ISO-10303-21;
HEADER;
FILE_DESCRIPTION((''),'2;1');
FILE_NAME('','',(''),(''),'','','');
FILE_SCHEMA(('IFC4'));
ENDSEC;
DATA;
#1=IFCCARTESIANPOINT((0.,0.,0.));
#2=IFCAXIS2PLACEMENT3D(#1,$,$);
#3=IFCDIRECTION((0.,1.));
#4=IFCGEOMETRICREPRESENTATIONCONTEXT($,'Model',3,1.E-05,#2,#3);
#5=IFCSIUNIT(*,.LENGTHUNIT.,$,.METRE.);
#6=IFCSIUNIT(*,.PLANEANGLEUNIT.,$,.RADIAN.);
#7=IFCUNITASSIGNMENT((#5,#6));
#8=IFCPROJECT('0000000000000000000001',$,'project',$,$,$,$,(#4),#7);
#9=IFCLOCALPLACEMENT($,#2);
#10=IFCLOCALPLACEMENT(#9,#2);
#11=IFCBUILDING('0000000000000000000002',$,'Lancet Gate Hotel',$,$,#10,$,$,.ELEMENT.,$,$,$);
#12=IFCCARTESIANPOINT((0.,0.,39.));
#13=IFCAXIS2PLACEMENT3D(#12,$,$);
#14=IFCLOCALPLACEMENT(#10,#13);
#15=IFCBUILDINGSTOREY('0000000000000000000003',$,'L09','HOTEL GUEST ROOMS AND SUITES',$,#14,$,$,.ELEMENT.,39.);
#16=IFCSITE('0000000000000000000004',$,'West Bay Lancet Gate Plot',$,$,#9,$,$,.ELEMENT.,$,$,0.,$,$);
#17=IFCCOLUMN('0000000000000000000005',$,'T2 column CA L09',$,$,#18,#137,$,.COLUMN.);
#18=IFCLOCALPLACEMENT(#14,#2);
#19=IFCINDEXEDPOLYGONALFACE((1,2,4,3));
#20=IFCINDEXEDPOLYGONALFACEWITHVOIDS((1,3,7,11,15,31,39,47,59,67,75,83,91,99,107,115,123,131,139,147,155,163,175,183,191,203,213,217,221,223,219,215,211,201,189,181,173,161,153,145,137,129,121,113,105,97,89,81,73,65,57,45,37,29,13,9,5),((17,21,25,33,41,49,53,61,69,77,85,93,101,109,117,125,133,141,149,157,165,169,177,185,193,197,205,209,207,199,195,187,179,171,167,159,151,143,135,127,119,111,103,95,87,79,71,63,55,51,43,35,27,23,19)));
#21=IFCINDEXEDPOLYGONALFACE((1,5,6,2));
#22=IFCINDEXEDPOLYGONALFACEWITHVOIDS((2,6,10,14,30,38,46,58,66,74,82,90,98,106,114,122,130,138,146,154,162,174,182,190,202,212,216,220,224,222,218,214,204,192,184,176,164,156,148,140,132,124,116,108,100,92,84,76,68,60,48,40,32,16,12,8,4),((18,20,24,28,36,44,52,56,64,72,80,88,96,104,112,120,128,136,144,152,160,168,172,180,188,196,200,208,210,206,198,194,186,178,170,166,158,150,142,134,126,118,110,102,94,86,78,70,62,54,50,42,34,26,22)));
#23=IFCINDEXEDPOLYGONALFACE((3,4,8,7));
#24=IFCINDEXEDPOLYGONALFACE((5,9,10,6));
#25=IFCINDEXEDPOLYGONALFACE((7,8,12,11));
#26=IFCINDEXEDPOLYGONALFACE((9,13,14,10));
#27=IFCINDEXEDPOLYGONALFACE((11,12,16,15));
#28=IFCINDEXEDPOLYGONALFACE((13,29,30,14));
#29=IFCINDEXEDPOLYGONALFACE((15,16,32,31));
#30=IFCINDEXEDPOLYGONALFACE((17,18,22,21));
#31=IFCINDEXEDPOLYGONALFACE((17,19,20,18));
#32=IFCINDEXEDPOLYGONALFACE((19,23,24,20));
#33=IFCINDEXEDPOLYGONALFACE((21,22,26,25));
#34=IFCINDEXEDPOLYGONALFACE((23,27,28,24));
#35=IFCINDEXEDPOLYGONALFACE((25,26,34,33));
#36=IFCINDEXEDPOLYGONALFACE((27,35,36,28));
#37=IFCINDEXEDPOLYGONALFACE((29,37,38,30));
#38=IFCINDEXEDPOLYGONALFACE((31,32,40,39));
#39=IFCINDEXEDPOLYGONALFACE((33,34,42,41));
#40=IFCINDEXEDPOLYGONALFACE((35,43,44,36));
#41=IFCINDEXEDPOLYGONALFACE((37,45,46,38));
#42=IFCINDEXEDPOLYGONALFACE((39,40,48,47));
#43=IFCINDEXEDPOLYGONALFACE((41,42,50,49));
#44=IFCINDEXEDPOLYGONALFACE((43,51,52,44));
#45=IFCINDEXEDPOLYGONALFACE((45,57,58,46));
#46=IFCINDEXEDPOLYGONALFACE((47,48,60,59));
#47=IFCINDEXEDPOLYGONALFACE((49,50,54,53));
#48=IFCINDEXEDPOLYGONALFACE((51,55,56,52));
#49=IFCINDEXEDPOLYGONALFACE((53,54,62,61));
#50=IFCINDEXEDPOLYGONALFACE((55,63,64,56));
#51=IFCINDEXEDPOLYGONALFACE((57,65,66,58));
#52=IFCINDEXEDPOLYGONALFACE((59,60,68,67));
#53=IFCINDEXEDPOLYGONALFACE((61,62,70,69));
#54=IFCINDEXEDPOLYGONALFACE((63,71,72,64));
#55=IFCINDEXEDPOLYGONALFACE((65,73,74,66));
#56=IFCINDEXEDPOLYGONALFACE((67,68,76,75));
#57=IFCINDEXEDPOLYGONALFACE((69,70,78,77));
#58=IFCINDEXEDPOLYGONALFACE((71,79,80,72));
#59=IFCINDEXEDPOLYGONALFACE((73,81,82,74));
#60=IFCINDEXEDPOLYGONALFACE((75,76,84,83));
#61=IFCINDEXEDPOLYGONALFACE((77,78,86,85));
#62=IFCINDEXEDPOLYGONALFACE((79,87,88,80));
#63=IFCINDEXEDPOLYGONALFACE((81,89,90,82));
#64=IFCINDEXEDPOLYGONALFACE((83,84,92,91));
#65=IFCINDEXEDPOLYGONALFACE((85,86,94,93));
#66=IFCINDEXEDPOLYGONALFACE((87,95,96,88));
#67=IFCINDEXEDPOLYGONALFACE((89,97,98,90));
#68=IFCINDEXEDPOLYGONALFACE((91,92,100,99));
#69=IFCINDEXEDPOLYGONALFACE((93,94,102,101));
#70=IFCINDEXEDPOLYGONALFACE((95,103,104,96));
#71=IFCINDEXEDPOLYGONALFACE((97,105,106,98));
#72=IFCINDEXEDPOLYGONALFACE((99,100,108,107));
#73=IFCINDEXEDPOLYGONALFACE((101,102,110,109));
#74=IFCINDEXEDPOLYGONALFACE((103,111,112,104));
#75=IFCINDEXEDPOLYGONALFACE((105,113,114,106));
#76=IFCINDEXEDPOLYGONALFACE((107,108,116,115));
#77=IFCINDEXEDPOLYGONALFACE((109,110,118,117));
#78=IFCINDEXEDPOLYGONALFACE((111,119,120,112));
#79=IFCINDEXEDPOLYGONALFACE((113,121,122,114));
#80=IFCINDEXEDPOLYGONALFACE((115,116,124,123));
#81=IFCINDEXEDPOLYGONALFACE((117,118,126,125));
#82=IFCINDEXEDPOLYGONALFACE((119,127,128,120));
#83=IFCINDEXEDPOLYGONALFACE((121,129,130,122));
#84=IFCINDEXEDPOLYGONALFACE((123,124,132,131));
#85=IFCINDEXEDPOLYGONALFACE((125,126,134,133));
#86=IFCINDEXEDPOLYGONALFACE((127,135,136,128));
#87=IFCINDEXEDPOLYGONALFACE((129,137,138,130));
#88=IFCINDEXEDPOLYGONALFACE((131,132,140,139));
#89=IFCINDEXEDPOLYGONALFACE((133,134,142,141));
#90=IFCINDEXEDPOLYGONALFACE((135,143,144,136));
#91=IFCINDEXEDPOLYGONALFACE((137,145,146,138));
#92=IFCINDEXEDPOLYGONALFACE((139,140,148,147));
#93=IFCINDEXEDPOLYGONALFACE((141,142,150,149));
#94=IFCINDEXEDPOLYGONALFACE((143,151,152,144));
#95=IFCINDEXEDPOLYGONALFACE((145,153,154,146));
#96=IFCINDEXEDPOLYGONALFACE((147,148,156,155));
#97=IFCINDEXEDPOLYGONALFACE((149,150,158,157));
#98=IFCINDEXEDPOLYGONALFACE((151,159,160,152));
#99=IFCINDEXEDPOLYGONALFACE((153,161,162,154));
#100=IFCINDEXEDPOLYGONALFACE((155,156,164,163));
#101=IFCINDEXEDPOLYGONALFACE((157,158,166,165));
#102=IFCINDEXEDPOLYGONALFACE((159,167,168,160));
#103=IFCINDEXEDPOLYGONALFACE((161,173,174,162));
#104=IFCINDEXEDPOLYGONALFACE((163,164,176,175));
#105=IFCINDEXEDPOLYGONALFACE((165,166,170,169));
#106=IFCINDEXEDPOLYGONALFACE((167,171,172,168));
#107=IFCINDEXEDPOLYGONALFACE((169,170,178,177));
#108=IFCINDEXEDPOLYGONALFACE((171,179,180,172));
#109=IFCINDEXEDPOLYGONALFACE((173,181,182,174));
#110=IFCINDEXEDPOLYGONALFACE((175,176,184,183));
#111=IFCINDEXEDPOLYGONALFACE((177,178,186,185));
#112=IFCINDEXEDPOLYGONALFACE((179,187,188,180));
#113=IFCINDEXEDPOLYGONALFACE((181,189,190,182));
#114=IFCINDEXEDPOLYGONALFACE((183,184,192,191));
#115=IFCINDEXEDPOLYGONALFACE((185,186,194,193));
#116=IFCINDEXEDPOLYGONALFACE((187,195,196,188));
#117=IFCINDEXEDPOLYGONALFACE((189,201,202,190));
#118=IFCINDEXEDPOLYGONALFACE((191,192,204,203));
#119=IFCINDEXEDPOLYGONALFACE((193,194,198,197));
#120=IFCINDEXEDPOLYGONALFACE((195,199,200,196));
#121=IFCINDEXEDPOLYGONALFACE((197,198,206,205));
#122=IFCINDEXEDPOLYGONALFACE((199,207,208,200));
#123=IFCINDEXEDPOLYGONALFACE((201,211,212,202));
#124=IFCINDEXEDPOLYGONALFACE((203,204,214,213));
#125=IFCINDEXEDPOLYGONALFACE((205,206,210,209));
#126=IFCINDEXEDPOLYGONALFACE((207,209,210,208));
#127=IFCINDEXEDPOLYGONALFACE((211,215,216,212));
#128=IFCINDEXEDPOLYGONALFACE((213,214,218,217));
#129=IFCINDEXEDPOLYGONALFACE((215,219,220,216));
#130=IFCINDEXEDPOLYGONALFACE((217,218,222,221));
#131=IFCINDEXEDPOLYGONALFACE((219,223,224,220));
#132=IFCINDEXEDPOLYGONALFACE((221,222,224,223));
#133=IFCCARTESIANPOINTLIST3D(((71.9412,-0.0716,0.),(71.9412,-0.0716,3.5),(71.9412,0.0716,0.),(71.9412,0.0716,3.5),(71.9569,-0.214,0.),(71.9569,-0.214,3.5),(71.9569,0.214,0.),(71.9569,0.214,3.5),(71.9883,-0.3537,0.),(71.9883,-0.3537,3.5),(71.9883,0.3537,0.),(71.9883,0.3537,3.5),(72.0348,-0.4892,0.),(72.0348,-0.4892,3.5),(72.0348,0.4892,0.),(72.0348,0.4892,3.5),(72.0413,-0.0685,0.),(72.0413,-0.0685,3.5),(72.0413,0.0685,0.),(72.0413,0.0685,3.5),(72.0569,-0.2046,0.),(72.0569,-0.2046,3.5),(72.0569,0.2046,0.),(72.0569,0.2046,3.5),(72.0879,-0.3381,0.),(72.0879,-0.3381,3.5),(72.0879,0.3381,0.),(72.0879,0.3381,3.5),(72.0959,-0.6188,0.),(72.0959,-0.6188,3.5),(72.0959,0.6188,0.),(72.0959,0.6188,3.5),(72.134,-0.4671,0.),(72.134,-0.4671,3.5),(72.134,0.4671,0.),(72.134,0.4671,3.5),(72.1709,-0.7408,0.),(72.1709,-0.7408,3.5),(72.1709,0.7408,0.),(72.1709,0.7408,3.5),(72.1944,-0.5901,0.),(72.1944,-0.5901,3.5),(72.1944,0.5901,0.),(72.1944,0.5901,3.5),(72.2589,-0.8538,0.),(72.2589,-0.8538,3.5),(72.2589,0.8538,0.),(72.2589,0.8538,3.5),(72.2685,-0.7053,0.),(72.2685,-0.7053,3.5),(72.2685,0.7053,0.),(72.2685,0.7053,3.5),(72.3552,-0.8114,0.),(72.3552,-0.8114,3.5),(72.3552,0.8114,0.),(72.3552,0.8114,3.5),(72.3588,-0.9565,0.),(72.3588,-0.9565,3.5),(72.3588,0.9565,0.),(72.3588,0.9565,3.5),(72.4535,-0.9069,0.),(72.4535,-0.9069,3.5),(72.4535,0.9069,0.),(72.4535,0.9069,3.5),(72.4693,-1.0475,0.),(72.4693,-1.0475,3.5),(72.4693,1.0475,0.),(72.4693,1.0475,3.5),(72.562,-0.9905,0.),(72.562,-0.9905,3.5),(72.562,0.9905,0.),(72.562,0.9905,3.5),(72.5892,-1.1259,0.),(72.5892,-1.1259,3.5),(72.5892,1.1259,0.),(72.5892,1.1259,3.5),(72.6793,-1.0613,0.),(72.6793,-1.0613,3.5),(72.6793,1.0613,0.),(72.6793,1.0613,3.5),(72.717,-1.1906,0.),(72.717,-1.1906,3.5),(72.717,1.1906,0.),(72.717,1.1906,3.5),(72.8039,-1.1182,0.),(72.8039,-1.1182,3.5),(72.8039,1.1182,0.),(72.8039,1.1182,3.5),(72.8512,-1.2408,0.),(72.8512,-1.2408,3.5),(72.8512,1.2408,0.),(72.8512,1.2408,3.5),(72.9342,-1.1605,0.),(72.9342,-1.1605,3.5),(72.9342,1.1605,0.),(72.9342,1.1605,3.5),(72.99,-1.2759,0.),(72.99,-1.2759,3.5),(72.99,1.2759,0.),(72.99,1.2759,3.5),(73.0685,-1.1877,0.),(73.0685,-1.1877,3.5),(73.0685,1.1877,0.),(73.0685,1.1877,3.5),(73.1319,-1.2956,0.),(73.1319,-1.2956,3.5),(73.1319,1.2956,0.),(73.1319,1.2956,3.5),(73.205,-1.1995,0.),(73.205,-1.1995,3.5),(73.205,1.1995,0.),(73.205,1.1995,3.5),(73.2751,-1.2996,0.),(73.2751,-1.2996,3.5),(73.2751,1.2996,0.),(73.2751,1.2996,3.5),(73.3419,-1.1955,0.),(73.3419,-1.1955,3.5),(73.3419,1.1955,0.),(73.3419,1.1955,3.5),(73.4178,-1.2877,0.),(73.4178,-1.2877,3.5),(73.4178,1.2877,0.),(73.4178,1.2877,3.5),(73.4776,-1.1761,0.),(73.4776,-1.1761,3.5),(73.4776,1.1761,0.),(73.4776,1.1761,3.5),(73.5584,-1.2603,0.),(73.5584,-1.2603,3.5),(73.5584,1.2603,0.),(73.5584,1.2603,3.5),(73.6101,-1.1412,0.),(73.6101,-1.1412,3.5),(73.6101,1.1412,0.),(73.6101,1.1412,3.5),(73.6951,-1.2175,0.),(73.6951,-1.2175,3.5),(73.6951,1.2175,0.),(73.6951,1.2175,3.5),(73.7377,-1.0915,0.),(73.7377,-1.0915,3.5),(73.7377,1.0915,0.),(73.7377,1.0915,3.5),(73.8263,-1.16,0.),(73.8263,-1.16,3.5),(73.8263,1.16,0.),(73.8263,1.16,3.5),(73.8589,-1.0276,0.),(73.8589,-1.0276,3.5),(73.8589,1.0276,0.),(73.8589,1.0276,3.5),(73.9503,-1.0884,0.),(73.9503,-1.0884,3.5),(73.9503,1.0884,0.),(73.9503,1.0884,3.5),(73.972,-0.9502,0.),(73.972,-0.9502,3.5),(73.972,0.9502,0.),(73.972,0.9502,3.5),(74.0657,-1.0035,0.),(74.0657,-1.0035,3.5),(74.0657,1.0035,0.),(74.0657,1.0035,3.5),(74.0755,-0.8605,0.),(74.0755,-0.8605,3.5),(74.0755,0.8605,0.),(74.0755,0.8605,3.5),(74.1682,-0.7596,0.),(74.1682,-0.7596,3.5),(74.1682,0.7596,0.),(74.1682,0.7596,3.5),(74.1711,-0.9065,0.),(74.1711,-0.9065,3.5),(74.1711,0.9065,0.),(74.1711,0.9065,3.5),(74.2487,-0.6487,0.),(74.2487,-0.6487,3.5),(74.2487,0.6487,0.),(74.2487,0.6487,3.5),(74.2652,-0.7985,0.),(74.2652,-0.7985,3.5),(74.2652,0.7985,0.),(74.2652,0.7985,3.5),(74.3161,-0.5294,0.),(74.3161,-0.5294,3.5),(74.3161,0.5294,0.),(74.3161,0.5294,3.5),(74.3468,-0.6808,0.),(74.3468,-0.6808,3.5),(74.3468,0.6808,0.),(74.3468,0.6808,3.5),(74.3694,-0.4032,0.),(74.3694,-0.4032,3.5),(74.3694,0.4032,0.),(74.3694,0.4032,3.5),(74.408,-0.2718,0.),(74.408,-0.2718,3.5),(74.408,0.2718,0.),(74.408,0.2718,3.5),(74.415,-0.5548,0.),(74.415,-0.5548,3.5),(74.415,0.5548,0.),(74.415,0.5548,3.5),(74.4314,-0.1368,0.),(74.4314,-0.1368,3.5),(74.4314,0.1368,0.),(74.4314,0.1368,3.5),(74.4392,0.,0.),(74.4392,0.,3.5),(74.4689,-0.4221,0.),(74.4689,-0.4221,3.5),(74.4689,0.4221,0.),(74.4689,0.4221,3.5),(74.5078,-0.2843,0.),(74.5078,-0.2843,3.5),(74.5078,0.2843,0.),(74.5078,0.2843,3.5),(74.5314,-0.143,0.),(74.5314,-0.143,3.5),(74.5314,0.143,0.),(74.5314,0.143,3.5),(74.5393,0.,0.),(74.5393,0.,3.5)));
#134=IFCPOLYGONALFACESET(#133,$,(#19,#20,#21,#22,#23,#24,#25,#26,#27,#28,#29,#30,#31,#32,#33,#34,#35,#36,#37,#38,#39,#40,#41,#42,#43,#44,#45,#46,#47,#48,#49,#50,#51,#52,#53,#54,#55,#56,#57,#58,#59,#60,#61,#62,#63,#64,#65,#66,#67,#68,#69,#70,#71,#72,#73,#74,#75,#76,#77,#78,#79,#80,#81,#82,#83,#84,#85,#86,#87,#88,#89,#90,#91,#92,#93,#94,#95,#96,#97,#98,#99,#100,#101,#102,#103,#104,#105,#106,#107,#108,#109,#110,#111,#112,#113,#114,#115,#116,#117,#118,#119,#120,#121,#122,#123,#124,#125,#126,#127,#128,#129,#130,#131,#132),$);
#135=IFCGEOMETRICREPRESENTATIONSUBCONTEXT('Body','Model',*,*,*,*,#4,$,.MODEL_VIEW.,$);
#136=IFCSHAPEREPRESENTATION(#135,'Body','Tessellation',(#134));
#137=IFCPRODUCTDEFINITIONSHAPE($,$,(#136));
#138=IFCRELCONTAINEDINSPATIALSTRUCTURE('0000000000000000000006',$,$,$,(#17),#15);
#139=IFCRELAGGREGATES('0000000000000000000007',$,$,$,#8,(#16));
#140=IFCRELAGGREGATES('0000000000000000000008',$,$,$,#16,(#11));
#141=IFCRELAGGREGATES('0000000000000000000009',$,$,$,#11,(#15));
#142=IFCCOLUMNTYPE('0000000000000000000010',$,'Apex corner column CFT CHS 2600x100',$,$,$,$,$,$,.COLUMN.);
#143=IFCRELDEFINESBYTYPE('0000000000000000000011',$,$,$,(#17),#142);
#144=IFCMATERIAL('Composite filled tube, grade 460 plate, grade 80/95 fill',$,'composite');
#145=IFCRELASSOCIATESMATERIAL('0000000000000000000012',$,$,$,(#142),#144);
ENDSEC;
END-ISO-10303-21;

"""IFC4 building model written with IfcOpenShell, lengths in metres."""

from ifc_helpers import new_model, si_unit, direction, frame, origin, origin_2d, place, context, subcontext, project, spatial, hollow_circle, extrude, material, material_profile, profile_set, type_object, element, save


model = new_model("IFC4")

# Units and contexts
model_context = context("Model", 3, precision=1e-05, world=origin(), true_north=direction((0.0, 1.0)))
body_context = subcontext(model_context, "Body", "Model", "MODEL_VIEW")
ifc_project = project(units=[si_unit("LENGTHUNIT", "METRE"), si_unit("PLANEANGLEUNIT", "RADIAN")], contexts=[model_context])

# Site, building, storey
site_placement = place(None, origin())
site = spatial("IfcSite", under=ifc_project, at=site_placement, Name="West Bay Lancet Gate Plot", CompositionType="ELEMENT", RefElevation=0.0)
building_placement = place(site_placement, origin())
building = spatial("IfcBuilding", under=site, at=building_placement, Name="Lancet Gate Hotel", CompositionType="ELEMENT")
storey_placement = place(building_placement, frame((0.0, 0.0, 39.0)))
storey = spatial("IfcBuildingStorey", under=building, at=storey_placement, Name="L09", Description="HOTEL GUEST ROOMS AND SUITES", CompositionType="ELEMENT", Elevation=39.0)

# Column
ifc_material_1 = material(Name="Composite filled tube, grade 460 plate, grade 80/95 fill", Category="composite")
ifc_material_profile_1 = material_profile(ifc_material_1, hollow_circle(Radius=1.3, WallThickness=0.1001, at=origin_2d()), Name="CHS 2600x100")
ifc_profile_set_1 = profile_set([ifc_material_profile_1], Name="Composite filled tube, grade 460 plate, grade 80/95 fill")
column_type_1 = type_object("IfcColumnType", Name="Apex corner column CFT CHS 2600x100", PredefinedType="COLUMN", material=ifc_profile_set_1)
column_1_placement = place(storey_placement, frame((73.2393, 0.0, 0.0), z_axis=(0.0, 0.0, 1.0), x_axis=(1.0, 0.0, 0.0)))
element("IfcColumn", 1, at=column_1_placement, inside=storey, type_object=column_type_1, Name="T2 column CA L09", PredefinedType="COLUMN", context=body_context, shape_type="SweptSolid", body=[
    extrude(hollow_circle(Radius=1.3, WallThickness=0.1001, at=origin_2d()), origin(), (0.0, 0.0, 1.0), 3.5),
])

save(model, "model.ifc")
